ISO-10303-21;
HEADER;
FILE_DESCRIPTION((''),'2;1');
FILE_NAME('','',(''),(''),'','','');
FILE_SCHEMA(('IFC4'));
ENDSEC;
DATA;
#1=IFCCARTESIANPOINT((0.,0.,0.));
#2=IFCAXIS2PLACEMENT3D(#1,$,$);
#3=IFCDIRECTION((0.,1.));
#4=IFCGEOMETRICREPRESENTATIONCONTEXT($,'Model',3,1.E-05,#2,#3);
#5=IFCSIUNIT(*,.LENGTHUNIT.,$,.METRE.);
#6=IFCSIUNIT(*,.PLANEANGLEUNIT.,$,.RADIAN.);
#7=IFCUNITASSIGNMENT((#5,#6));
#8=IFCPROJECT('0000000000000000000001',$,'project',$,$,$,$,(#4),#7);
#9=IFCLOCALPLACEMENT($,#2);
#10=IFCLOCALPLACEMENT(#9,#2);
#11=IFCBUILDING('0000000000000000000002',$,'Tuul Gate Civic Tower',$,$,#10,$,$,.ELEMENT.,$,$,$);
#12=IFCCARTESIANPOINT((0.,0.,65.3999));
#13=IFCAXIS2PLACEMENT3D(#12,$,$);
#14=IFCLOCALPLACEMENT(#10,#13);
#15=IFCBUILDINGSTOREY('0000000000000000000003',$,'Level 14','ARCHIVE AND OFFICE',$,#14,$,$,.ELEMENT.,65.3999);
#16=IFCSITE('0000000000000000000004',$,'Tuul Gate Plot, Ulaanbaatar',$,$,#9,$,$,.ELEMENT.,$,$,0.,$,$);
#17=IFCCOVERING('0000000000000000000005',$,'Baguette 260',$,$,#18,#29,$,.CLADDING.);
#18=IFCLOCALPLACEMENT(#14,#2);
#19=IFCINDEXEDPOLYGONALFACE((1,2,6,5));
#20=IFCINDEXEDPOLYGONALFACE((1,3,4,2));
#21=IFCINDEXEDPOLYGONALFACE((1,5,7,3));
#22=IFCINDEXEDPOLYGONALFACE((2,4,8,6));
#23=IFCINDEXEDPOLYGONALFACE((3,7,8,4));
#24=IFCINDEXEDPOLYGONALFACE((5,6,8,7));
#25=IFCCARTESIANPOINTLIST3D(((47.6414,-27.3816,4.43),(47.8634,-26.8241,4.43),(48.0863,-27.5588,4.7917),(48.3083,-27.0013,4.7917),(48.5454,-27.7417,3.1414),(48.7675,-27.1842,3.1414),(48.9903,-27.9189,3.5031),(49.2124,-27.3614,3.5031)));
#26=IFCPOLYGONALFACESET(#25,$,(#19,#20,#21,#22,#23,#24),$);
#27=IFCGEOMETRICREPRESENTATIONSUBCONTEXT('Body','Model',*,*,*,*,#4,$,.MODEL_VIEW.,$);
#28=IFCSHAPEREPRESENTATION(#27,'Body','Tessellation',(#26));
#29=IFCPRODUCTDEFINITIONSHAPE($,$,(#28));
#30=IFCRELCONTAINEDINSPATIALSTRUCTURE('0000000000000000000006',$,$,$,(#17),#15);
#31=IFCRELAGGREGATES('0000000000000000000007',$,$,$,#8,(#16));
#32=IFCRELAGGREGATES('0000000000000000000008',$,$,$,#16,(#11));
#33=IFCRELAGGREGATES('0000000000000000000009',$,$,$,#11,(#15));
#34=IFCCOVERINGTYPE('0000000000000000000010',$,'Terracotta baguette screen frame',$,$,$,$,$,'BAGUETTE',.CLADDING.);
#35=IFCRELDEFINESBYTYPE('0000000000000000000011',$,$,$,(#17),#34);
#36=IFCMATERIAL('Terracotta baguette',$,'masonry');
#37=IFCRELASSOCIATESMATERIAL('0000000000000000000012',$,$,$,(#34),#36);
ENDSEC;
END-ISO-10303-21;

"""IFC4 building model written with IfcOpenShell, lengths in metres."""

from ifc_helpers import new_model, si_unit, direction, frame, origin, origin_2d, place, context, subcontext, project, spatial, rectangle, extrude, material, material_profile, profile_set, type_object, element, save


model = new_model("IFC4")

# Units and contexts
model_context = context("Model", 3, precision=1e-05, world=origin(), true_north=direction((0.0, 1.0)))
body_context = subcontext(model_context, "Body", "Model", "MODEL_VIEW")
ifc_project = project(units=[si_unit("LENGTHUNIT", "METRE"), si_unit("PLANEANGLEUNIT", "RADIAN")], contexts=[model_context])

# Site, building, storey
site_placement = place(None, origin())
site = spatial("IfcSite", under=ifc_project, at=site_placement, Name="Tuul Gate Plot, Ulaanbaatar", CompositionType="ELEMENT", RefElevation=0.0)
building_placement = place(site_placement, origin())
building = spatial("IfcBuilding", under=site, at=building_placement, Name="Tuul Gate Civic Tower", CompositionType="ELEMENT")
storey_placement = place(building_placement, frame((0.0, 0.0, 65.3999)))
storey = spatial("IfcBuildingStorey", under=building, at=storey_placement, Name="Level 14", Description="ARCHIVE AND OFFICE", CompositionType="ELEMENT", Elevation=65.3999)

# Covering
ifc_material_1 = material(Name="Terracotta baguette", Category="masonry")
ifc_material_profile_1 = material_profile(ifc_material_1, rectangle(XDim=0.6001, YDim=0.6001, at=origin_2d()), Name="Terracotta baguette screen frame")
ifc_profile_set_1 = profile_set([ifc_material_profile_1], Name="Terracotta baguette")
covering_type = type_object("IfcCoveringType", Name="Terracotta baguette screen frame", ElementType="BAGUETTE", PredefinedType="CLADDING", material=ifc_profile_set_1)
covering_1_placement = place(storey_placement, frame((47.9749, -27.1914, 4.6108), z_axis=(0.559872, -0.223011, -0.798003), x_axis=(0.370049, 0.929012, 0.0)))
element("IfcCovering", 1, at=covering_1_placement, inside=storey, type_object=covering_type, Name="Baguette 260", PredefinedType="CLADDING", context=body_context, shape_type="SweptSolid", body=[
    extrude(rectangle(XDim=0.6001, YDim=0.6001, at=origin_2d()), origin(), (0.0, 0.0, 1.0), 1.6147),
])

save(model, "model.ifc")
